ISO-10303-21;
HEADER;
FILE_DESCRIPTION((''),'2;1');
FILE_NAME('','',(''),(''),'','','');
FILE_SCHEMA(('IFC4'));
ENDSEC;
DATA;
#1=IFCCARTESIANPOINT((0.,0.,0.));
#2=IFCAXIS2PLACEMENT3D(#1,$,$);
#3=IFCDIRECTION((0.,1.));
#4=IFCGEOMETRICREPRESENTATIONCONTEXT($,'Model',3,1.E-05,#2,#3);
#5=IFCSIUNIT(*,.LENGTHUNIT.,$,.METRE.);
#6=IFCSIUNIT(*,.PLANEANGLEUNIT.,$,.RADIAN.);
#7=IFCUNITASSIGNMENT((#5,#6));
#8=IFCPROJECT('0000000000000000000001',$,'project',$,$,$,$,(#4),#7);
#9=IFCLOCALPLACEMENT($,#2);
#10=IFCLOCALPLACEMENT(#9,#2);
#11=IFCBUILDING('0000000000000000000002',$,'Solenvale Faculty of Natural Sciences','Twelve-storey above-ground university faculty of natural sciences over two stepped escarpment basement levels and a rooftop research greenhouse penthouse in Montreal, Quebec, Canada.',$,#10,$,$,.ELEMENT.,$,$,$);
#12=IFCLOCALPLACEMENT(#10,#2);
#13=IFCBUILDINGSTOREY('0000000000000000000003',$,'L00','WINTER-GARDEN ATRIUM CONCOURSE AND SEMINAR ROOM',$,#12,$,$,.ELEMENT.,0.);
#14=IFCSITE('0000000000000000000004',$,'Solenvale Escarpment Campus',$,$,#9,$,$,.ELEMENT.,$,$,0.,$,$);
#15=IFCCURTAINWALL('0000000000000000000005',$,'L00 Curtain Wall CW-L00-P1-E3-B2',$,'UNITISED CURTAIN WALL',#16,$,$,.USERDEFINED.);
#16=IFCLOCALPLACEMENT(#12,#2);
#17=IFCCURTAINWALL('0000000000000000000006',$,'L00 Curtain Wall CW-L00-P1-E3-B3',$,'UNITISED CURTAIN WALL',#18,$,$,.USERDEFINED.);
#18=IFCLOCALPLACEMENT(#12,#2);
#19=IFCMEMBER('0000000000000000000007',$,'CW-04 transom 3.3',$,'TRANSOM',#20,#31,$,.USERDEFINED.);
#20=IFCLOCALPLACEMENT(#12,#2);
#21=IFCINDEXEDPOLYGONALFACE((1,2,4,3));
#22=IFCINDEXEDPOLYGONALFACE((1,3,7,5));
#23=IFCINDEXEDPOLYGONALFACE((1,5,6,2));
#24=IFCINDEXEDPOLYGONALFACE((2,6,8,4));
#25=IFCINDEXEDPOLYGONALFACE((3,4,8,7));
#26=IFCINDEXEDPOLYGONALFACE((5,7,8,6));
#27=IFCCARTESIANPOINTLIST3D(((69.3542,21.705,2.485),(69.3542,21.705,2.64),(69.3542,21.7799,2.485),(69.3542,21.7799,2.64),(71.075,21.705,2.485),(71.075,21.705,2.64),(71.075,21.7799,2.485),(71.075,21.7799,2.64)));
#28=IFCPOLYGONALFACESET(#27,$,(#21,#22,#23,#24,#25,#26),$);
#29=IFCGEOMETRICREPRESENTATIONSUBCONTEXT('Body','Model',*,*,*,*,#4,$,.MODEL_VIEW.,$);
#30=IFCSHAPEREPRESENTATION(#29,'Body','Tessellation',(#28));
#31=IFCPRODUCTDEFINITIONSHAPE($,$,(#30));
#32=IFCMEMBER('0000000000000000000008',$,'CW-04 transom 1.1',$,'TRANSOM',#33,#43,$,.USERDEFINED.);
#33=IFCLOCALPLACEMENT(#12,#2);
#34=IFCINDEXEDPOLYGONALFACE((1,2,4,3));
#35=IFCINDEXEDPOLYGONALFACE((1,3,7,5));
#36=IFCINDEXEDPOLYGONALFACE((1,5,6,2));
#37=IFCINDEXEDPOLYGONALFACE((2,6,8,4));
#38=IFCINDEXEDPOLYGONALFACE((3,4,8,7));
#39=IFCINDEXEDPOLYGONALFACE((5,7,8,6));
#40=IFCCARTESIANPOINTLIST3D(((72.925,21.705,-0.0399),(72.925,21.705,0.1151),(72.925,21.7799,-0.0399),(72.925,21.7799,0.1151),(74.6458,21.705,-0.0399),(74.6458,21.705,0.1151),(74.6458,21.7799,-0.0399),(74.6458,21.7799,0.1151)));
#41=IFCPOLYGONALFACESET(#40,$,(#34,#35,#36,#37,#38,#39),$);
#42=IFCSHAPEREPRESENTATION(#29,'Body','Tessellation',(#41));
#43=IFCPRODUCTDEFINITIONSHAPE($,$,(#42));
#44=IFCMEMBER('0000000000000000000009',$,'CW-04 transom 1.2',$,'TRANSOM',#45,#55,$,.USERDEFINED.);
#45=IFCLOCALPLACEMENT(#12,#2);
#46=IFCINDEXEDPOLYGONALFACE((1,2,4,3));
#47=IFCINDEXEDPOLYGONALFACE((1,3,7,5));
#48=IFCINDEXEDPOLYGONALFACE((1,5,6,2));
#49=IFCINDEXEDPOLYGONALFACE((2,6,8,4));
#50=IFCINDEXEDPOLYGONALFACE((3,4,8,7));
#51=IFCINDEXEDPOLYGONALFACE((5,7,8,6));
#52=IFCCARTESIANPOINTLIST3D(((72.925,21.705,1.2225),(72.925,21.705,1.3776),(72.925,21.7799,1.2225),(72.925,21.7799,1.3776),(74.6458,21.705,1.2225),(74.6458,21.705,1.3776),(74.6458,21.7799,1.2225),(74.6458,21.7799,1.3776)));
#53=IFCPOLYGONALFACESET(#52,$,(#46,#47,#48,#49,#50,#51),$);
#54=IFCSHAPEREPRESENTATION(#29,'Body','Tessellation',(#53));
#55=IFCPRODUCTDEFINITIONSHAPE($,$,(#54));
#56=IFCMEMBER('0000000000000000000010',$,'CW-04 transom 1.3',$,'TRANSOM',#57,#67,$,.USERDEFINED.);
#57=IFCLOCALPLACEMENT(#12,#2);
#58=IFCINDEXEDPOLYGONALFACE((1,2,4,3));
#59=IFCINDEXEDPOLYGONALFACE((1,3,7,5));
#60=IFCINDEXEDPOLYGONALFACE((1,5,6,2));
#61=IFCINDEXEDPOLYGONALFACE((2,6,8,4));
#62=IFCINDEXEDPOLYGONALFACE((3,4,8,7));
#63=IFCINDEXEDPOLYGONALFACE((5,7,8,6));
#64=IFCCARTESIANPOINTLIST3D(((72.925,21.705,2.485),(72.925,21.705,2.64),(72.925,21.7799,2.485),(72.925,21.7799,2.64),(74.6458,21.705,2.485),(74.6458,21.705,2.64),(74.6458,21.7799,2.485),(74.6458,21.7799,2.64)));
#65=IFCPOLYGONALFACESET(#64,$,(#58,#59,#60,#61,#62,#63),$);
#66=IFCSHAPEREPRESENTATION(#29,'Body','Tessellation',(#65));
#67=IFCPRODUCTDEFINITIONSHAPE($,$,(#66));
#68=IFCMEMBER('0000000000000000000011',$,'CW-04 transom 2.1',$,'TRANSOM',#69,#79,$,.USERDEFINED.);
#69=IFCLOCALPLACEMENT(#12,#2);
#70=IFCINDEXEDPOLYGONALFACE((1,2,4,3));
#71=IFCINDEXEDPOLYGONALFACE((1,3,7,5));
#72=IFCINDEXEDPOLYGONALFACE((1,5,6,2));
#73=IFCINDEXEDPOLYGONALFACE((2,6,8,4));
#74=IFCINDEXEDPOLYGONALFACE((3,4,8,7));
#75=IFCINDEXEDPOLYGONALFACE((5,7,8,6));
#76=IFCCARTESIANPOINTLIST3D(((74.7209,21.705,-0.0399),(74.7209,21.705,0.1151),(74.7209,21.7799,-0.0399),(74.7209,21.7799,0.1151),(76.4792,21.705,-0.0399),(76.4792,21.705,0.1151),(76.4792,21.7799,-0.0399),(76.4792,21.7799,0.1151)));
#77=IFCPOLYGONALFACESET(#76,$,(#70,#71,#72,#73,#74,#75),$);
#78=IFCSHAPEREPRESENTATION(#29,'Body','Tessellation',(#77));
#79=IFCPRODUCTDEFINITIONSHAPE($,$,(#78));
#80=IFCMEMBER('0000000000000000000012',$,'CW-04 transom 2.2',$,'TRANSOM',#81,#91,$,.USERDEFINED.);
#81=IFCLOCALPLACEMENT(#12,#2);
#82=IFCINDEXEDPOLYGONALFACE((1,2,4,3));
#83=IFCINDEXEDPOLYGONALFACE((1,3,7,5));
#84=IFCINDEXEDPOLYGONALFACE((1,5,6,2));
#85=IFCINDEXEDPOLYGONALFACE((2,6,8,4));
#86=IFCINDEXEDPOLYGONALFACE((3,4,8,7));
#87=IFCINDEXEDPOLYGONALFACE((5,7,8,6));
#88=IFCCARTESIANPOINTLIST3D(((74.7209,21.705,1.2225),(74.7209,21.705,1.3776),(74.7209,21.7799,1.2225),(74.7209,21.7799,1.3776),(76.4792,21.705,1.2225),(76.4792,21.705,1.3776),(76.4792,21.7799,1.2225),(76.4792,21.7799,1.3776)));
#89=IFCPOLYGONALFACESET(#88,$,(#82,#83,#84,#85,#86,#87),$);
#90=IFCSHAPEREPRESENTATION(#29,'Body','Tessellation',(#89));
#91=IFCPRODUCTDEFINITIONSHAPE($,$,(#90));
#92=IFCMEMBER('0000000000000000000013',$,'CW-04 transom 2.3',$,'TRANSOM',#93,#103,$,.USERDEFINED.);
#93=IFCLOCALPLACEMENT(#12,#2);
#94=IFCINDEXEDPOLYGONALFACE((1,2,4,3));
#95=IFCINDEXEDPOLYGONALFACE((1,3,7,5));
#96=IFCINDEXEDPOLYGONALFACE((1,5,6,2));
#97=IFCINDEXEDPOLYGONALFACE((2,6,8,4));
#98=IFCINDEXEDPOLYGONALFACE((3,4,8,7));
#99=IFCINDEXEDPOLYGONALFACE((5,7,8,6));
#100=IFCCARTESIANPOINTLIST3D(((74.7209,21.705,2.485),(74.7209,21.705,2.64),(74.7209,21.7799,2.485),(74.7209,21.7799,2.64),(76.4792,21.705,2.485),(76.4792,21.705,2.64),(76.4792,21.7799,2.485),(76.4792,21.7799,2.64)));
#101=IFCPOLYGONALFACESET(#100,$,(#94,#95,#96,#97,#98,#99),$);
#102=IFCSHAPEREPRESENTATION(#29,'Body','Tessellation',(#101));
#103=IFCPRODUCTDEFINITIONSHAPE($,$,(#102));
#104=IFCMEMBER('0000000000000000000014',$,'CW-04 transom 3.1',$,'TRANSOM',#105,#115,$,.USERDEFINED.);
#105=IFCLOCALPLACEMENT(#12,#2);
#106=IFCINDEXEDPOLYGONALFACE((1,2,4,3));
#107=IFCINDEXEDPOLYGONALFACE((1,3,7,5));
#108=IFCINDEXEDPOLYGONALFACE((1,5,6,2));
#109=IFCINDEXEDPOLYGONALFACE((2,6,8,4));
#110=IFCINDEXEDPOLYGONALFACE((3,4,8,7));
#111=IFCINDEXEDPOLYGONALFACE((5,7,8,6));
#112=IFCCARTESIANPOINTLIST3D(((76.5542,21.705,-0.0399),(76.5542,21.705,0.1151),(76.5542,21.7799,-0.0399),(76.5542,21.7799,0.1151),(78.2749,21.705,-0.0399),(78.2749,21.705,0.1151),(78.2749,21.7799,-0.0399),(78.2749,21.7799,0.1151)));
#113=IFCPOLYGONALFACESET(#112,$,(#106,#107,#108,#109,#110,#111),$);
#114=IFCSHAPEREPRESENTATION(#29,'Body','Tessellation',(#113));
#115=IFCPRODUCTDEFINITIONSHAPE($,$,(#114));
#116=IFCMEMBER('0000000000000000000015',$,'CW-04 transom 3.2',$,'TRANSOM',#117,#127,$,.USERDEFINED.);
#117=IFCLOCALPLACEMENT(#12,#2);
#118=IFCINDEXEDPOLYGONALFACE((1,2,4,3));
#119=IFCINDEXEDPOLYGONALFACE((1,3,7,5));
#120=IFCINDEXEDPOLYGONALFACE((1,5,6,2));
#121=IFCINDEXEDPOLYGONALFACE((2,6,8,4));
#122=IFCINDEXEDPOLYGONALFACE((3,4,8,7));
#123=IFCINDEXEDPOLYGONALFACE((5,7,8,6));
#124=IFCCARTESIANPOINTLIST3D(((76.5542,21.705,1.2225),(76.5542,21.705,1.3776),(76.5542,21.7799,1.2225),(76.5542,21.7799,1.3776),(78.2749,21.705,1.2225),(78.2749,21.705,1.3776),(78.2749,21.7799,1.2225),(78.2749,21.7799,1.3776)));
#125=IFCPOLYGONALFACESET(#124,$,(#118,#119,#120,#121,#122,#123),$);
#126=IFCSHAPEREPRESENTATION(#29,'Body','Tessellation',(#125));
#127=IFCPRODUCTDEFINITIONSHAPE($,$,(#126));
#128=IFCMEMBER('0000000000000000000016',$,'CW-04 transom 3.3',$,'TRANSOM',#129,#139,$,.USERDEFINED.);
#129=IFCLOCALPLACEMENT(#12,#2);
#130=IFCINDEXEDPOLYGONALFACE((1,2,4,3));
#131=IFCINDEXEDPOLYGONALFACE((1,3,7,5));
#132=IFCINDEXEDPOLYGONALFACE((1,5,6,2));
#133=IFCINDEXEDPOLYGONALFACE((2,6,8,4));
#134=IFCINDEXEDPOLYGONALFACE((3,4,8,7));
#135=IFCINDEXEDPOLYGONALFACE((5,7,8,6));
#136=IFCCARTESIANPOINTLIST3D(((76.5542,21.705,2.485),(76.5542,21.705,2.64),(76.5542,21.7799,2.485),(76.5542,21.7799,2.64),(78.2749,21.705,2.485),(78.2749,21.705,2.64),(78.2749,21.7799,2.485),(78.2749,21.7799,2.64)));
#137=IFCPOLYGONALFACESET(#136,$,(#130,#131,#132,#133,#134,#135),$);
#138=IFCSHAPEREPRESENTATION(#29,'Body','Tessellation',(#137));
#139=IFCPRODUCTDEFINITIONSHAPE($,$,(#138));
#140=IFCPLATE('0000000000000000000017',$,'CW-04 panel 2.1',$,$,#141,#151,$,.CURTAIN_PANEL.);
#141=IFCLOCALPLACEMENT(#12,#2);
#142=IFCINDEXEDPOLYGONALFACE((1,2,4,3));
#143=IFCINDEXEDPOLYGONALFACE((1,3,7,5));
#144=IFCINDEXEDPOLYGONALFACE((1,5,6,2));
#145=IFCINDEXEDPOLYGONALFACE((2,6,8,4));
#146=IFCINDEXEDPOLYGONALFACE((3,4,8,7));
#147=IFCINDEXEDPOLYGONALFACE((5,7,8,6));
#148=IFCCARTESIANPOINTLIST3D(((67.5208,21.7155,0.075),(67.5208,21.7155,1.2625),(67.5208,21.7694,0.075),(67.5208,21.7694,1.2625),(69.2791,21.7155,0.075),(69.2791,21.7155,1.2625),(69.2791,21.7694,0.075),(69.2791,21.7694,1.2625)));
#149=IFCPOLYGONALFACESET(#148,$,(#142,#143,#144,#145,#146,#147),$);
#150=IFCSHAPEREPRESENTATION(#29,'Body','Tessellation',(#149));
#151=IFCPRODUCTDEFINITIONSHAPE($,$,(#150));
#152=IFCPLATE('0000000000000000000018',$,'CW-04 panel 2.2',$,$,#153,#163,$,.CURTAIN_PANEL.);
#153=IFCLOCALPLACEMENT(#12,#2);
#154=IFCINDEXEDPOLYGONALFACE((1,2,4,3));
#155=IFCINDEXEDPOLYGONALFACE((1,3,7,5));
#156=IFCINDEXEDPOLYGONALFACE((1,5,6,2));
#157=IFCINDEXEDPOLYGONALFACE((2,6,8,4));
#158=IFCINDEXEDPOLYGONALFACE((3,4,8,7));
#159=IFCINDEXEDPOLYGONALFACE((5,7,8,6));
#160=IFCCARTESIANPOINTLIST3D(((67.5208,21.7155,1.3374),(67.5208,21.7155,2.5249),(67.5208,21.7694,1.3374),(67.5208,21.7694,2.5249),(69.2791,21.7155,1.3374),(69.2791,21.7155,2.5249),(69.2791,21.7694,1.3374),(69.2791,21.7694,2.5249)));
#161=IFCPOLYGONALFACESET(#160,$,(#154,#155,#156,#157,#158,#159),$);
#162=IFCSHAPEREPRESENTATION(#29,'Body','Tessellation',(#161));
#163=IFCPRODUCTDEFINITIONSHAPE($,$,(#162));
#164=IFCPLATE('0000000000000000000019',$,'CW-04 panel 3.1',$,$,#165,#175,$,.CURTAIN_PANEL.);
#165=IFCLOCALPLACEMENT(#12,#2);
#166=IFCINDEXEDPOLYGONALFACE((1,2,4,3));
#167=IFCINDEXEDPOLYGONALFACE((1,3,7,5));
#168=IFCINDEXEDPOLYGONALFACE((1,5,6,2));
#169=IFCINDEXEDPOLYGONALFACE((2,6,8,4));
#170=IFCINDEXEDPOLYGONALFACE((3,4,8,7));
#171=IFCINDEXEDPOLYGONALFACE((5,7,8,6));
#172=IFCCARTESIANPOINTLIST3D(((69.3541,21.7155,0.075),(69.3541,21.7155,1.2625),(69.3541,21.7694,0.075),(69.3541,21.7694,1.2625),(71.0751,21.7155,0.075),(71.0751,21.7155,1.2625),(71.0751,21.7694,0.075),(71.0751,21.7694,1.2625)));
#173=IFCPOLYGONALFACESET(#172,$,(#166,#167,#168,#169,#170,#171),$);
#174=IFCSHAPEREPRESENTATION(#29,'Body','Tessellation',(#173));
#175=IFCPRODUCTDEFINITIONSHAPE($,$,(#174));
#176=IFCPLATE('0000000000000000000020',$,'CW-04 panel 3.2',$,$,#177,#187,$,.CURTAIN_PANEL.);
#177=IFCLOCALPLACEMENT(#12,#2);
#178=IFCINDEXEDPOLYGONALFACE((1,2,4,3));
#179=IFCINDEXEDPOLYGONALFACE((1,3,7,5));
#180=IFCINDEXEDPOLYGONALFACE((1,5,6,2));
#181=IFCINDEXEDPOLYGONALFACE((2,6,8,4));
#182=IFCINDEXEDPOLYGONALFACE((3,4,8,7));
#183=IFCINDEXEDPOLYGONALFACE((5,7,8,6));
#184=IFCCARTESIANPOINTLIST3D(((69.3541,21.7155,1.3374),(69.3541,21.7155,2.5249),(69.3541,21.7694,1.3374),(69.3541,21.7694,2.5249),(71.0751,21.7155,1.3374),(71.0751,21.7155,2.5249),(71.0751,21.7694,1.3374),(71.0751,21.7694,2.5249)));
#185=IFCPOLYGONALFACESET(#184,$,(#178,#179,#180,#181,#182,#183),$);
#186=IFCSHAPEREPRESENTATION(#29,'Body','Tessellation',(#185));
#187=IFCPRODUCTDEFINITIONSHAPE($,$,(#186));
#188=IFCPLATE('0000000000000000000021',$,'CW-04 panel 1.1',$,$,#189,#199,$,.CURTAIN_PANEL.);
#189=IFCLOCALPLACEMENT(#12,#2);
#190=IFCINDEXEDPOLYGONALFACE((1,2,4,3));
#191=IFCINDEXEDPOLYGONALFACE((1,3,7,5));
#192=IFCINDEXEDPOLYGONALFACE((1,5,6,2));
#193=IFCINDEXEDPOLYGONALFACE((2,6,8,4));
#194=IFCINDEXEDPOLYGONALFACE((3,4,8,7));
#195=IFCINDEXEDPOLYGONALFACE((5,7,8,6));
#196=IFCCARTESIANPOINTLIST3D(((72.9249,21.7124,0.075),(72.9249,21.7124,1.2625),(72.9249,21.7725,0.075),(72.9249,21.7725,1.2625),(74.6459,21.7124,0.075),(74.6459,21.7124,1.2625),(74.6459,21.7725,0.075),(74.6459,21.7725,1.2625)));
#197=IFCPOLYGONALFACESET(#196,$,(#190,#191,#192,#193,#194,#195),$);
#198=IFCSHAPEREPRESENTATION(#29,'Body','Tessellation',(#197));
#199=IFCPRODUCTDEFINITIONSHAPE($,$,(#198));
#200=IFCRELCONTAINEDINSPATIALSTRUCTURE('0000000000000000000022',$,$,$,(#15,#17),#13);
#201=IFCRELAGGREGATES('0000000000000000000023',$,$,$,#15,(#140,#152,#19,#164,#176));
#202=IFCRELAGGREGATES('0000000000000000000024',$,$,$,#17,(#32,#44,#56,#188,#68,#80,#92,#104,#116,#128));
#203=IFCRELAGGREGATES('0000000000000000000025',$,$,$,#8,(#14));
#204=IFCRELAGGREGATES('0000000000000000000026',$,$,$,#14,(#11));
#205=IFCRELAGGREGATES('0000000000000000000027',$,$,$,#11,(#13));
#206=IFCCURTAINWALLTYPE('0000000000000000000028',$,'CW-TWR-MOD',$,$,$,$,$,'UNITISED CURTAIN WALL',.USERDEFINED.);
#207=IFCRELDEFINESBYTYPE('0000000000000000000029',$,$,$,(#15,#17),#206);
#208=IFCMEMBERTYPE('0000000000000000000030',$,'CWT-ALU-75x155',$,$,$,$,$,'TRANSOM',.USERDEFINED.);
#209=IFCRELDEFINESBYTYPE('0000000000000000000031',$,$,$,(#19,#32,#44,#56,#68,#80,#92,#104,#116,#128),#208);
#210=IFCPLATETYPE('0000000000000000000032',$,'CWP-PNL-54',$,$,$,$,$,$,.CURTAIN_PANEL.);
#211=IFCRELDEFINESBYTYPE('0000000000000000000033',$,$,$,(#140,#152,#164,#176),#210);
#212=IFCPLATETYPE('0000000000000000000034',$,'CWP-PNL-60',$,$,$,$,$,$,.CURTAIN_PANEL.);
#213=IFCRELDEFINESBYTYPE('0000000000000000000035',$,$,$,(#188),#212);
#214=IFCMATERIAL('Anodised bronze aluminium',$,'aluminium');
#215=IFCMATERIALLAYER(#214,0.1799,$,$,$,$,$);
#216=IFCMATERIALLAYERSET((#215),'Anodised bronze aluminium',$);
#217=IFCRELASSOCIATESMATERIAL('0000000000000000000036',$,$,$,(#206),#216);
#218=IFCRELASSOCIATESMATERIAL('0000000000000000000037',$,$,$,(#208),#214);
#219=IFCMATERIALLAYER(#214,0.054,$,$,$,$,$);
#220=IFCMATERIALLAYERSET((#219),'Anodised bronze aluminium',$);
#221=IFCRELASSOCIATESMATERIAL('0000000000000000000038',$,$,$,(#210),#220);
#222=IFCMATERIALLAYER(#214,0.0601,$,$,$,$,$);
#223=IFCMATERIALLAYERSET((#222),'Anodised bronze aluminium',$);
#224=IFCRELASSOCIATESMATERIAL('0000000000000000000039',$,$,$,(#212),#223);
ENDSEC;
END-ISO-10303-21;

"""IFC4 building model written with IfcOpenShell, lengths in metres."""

from ifc_helpers import new_model, si_unit, direction, frame, origin, origin_2d, place, context, subcontext, project, spatial, rectangle, extrude, material, layer, layer_set, material_profile, profile_set, type_object, element, aggregate, save


model = new_model("IFC4")

# Units and contexts
model_context = context("Model", 3, precision=1e-05, world=origin(), true_north=direction((0.0, 1.0)))
body_context = subcontext(model_context, "Body", "Model", "MODEL_VIEW")
ifc_project = project(units=[si_unit("LENGTHUNIT", "METRE"), si_unit("PLANEANGLEUNIT", "RADIAN")], contexts=[model_context])

# Site, building, storey
site_placement = place(None, origin())
site = spatial("IfcSite", under=ifc_project, at=site_placement, Name="Solenvale Escarpment Campus", CompositionType="ELEMENT", RefElevation=0.0)
building_placement = place(site_placement, origin())
building = spatial("IfcBuilding", under=site, at=building_placement, Name="Solenvale Faculty of Natural Sciences", Description="Twelve-storey above-ground university faculty of natural sciences over two stepped escarpment basement levels and a rooftop research greenhouse penthouse in Montreal, Quebec, Canada.", CompositionType="ELEMENT")
storey_placement = place(building_placement, origin())
storey = spatial("IfcBuildingStorey", under=building, at=storey_placement, Name="L00", Description="WINTER-GARDEN ATRIUM CONCOURSE AND SEMINAR ROOM", CompositionType="ELEMENT", Elevation=0.0)

# Curtain walls
ifc_material_1 = material(Name="Anodised bronze aluminium", Category="aluminium")
ifc_layer_1 = layer(ifc_material_1, 0.1799)
ifc_layer_set_1 = layer_set([ifc_layer_1], Name="Anodised bronze aluminium")
curtain_wall_type = type_object("IfcCurtainWallType", Name="CW-TWR-MOD", ElementType="UNITISED CURTAIN WALL", PredefinedType="USERDEFINED", material=ifc_layer_set_1)
curtain_wall_1_placement = place(storey_placement, origin())
curtain_wall_1 = element("IfcCurtainWall", 1, at=curtain_wall_1_placement, inside=storey, type_object=curtain_wall_type, Name="L00 Curtain Wall CW-L00-P1-E3-B2", ObjectType="UNITISED CURTAIN WALL", PredefinedType="USERDEFINED")
curtain_wall_2_placement = place(storey_placement, origin())
curtain_wall_2 = element("IfcCurtainWall", 2, at=curtain_wall_2_placement, inside=storey, type_object=curtain_wall_type, Name="L00 Curtain Wall CW-L00-P1-E3-B3", ObjectType="UNITISED CURTAIN WALL", PredefinedType="USERDEFINED")

# Members
ifc_material_profile_1 = material_profile(ifc_material_1, rectangle(XDim=0.075, YDim=0.155, at=origin_2d()), Name="ALU-TRN-75x155")
ifc_profile_set_1 = profile_set([ifc_material_profile_1], Name="Anodised bronze aluminium")
member_type_1 = type_object("IfcMemberType", Name="CWT-ALU-75x155", ElementType="TRANSOM", PredefinedType="USERDEFINED", material=ifc_profile_set_1)
member_1_placement = place(storey_placement, frame((69.3542, 21.7424, 2.5625), z_axis=(1.0, 0.0, 0.0), x_axis=(0.0, 1.0, 0.0)))
member_1 = element("IfcMember", 3, at=member_1_placement, type_object=member_type_1, Name="CW-04 transom 3.3", ObjectType="TRANSOM", PredefinedType="USERDEFINED", context=body_context, shape_type="SweptSolid", body=[
    extrude(rectangle(XDim=0.075, YDim=0.155, at=origin_2d()), origin(), (0.0, 0.0, 1.0), 1.7207),
])
member_2_placement = place(storey_placement, frame((72.925, 21.7424, 0.0376), z_axis=(1.0, 0.0, 0.0), x_axis=(0.0, 1.0, 0.0)))
member_2 = element("IfcMember", 4, at=member_2_placement, type_object=member_type_1, Name="CW-04 transom 1.1", ObjectType="TRANSOM", PredefinedType="USERDEFINED", context=body_context, shape_type="SweptSolid", body=[
    extrude(rectangle(XDim=0.075, YDim=0.155, at=origin_2d()), origin(), (0.0, 0.0, 1.0), 1.7207),
])
member_3_placement = place(storey_placement, frame((72.925, 21.7424, 1.3), z_axis=(1.0, 0.0, 0.0), x_axis=(0.0, 1.0, 0.0)))
member_3 = element("IfcMember", 5, at=member_3_placement, type_object=member_type_1, Name="CW-04 transom 1.2", ObjectType="TRANSOM", PredefinedType="USERDEFINED", context=body_context, shape_type="SweptSolid", body=[
    extrude(rectangle(XDim=0.075, YDim=0.155, at=origin_2d()), origin(), (0.0, 0.0, 1.0), 1.7207),
])
member_4_placement = place(storey_placement, frame((72.925, 21.7424, 2.5625), z_axis=(1.0, 0.0, 0.0), x_axis=(0.0, 1.0, 0.0)))
member_4 = element("IfcMember", 6, at=member_4_placement, type_object=member_type_1, Name="CW-04 transom 1.3", ObjectType="TRANSOM", PredefinedType="USERDEFINED", context=body_context, shape_type="SweptSolid", body=[
    extrude(rectangle(XDim=0.075, YDim=0.155, at=origin_2d()), origin(), (0.0, 0.0, 1.0), 1.7207),
])
member_5_placement = place(storey_placement, frame((74.7209, 21.7424, 0.0376), z_axis=(1.0, 0.0, 0.0), x_axis=(0.0, 1.0, 0.0)))
member_5 = element("IfcMember", 7, at=member_5_placement, type_object=member_type_1, Name="CW-04 transom 2.1", ObjectType="TRANSOM", PredefinedType="USERDEFINED", context=body_context, shape_type="SweptSolid", body=[
    extrude(rectangle(XDim=0.075, YDim=0.155, at=origin_2d()), origin(), (0.0, 0.0, 1.0), 1.7583),
])
member_6_placement = place(storey_placement, frame((74.7209, 21.7424, 1.3), z_axis=(1.0, 0.0, 0.0), x_axis=(0.0, 1.0, 0.0)))
member_6 = element("IfcMember", 8, at=member_6_placement, type_object=member_type_1, Name="CW-04 transom 2.2", ObjectType="TRANSOM", PredefinedType="USERDEFINED", context=body_context, shape_type="SweptSolid", body=[
    extrude(rectangle(XDim=0.075, YDim=0.155, at=origin_2d()), origin(), (0.0, 0.0, 1.0), 1.7583),
])
member_7_placement = place(storey_placement, frame((74.7209, 21.7424, 2.5625), z_axis=(1.0, 0.0, 0.0), x_axis=(0.0, 1.0, 0.0)))
member_7 = element("IfcMember", 9, at=member_7_placement, type_object=member_type_1, Name="CW-04 transom 2.3", ObjectType="TRANSOM", PredefinedType="USERDEFINED", context=body_context, shape_type="SweptSolid", body=[
    extrude(rectangle(XDim=0.075, YDim=0.155, at=origin_2d()), origin(), (0.0, 0.0, 1.0), 1.7583),
])
member_8_placement = place(storey_placement, frame((76.5542, 21.7424, 0.0376), z_axis=(1.0, 0.0, 0.0), x_axis=(0.0, 1.0, 0.0)))
member_8 = element("IfcMember", 10, at=member_8_placement, type_object=member_type_1, Name="CW-04 transom 3.1", ObjectType="TRANSOM", PredefinedType="USERDEFINED", context=body_context, shape_type="SweptSolid", body=[
    extrude(rectangle(XDim=0.075, YDim=0.155, at=origin_2d()), origin(), (0.0, 0.0, 1.0), 1.7207),
])
member_9_placement = place(storey_placement, frame((76.5542, 21.7424, 1.3), z_axis=(1.0, 0.0, 0.0), x_axis=(0.0, 1.0, 0.0)))
member_9 = element("IfcMember", 11, at=member_9_placement, type_object=member_type_1, Name="CW-04 transom 3.2", ObjectType="TRANSOM", PredefinedType="USERDEFINED", context=body_context, shape_type="SweptSolid", body=[
    extrude(rectangle(XDim=0.075, YDim=0.155, at=origin_2d()), origin(), (0.0, 0.0, 1.0), 1.7207),
])
member_10_placement = place(storey_placement, frame((76.5542, 21.7424, 2.5625), z_axis=(1.0, 0.0, 0.0), x_axis=(0.0, 1.0, 0.0)))
member_10 = element("IfcMember", 12, at=member_10_placement, type_object=member_type_1, Name="CW-04 transom 3.3", ObjectType="TRANSOM", PredefinedType="USERDEFINED", context=body_context, shape_type="SweptSolid", body=[
    extrude(rectangle(XDim=0.075, YDim=0.155, at=origin_2d()), origin(), (0.0, 0.0, 1.0), 1.7207),
])

# Plates
ifc_layer_2 = layer(ifc_material_1, 0.054)
ifc_layer_set_2 = layer_set([ifc_layer_2], Name="Anodised bronze aluminium")
plate_type_1 = type_object("IfcPlateType", Name="CWP-PNL-54", PredefinedType="CURTAIN_PANEL", material=ifc_layer_set_2)
plate_1_placement = place(storey_placement, frame((68.3999, 21.7424, 0.075), z_axis=(0.0, 0.0, 1.0), x_axis=(1.0, 0.0, 0.0)))
plate_1 = element("IfcPlate", 13, at=plate_1_placement, type_object=plate_type_1, Name="CW-04 panel 2.1", PredefinedType="CURTAIN_PANEL", context=body_context, shape_type="SweptSolid", body=[
    extrude(rectangle(XDim=1.7583, YDim=0.054, at=origin_2d()), origin(), (0.0, 0.0, 1.0), 1.1875),
])
plate_2_placement = place(storey_placement, frame((68.3999, 21.7424, 1.3374), z_axis=(0.0, 0.0, 1.0), x_axis=(1.0, 0.0, 0.0)))
plate_2 = element("IfcPlate", 14, at=plate_2_placement, type_object=plate_type_1, Name="CW-04 panel 2.2", PredefinedType="CURTAIN_PANEL", context=body_context, shape_type="SweptSolid", body=[
    extrude(rectangle(XDim=1.7583, YDim=0.054, at=origin_2d()), origin(), (0.0, 0.0, 1.0), 1.1875),
])
plate_3_placement = place(storey_placement, frame((70.2146, 21.7424, 0.075), z_axis=(0.0, 0.0, 1.0), x_axis=(1.0, 0.0, 0.0)))
plate_3 = element("IfcPlate", 15, at=plate_3_placement, type_object=plate_type_1, Name="CW-04 panel 3.1", PredefinedType="CURTAIN_PANEL", context=body_context, shape_type="SweptSolid", body=[
    extrude(rectangle(XDim=1.7209, YDim=0.054, at=origin_2d()), origin(), (0.0, 0.0, 1.0), 1.1875),
])
plate_4_placement = place(storey_placement, frame((70.2146, 21.7424, 1.3374), z_axis=(0.0, 0.0, 1.0), x_axis=(1.0, 0.0, 0.0)))
plate_4 = element("IfcPlate", 16, at=plate_4_placement, type_object=plate_type_1, Name="CW-04 panel 3.2", PredefinedType="CURTAIN_PANEL", context=body_context, shape_type="SweptSolid", body=[
    extrude(rectangle(XDim=1.7209, YDim=0.054, at=origin_2d()), origin(), (0.0, 0.0, 1.0), 1.1875),
])
aggregate(curtain_wall_1, [plate_1, plate_2, member_1, plate_3, plate_4])
ifc_layer_3 = layer(ifc_material_1, 0.0601)
ifc_layer_set_3 = layer_set([ifc_layer_3], Name="Anodised bronze aluminium")
plate_type_2 = type_object("IfcPlateType", Name="CWP-PNL-60", PredefinedType="CURTAIN_PANEL", material=ifc_layer_set_3)
plate_5_placement = place(storey_placement, frame((73.7854, 21.7424, 0.075), z_axis=(0.0, 0.0, 1.0), x_axis=(1.0, 0.0, 0.0)))
plate_5 = element("IfcPlate", 17, at=plate_5_placement, type_object=plate_type_2, Name="CW-04 panel 1.1", PredefinedType="CURTAIN_PANEL", context=body_context, shape_type="SweptSolid", body=[
    extrude(rectangle(XDim=1.7209, YDim=0.0601, at=origin_2d()), origin(), (0.0, 0.0, 1.0), 1.1875),
])
aggregate(curtain_wall_2, [member_2, member_3, member_4, plate_5, member_5, member_6, member_7, member_8, member_9, member_10])

save(model, "model.ifc")
